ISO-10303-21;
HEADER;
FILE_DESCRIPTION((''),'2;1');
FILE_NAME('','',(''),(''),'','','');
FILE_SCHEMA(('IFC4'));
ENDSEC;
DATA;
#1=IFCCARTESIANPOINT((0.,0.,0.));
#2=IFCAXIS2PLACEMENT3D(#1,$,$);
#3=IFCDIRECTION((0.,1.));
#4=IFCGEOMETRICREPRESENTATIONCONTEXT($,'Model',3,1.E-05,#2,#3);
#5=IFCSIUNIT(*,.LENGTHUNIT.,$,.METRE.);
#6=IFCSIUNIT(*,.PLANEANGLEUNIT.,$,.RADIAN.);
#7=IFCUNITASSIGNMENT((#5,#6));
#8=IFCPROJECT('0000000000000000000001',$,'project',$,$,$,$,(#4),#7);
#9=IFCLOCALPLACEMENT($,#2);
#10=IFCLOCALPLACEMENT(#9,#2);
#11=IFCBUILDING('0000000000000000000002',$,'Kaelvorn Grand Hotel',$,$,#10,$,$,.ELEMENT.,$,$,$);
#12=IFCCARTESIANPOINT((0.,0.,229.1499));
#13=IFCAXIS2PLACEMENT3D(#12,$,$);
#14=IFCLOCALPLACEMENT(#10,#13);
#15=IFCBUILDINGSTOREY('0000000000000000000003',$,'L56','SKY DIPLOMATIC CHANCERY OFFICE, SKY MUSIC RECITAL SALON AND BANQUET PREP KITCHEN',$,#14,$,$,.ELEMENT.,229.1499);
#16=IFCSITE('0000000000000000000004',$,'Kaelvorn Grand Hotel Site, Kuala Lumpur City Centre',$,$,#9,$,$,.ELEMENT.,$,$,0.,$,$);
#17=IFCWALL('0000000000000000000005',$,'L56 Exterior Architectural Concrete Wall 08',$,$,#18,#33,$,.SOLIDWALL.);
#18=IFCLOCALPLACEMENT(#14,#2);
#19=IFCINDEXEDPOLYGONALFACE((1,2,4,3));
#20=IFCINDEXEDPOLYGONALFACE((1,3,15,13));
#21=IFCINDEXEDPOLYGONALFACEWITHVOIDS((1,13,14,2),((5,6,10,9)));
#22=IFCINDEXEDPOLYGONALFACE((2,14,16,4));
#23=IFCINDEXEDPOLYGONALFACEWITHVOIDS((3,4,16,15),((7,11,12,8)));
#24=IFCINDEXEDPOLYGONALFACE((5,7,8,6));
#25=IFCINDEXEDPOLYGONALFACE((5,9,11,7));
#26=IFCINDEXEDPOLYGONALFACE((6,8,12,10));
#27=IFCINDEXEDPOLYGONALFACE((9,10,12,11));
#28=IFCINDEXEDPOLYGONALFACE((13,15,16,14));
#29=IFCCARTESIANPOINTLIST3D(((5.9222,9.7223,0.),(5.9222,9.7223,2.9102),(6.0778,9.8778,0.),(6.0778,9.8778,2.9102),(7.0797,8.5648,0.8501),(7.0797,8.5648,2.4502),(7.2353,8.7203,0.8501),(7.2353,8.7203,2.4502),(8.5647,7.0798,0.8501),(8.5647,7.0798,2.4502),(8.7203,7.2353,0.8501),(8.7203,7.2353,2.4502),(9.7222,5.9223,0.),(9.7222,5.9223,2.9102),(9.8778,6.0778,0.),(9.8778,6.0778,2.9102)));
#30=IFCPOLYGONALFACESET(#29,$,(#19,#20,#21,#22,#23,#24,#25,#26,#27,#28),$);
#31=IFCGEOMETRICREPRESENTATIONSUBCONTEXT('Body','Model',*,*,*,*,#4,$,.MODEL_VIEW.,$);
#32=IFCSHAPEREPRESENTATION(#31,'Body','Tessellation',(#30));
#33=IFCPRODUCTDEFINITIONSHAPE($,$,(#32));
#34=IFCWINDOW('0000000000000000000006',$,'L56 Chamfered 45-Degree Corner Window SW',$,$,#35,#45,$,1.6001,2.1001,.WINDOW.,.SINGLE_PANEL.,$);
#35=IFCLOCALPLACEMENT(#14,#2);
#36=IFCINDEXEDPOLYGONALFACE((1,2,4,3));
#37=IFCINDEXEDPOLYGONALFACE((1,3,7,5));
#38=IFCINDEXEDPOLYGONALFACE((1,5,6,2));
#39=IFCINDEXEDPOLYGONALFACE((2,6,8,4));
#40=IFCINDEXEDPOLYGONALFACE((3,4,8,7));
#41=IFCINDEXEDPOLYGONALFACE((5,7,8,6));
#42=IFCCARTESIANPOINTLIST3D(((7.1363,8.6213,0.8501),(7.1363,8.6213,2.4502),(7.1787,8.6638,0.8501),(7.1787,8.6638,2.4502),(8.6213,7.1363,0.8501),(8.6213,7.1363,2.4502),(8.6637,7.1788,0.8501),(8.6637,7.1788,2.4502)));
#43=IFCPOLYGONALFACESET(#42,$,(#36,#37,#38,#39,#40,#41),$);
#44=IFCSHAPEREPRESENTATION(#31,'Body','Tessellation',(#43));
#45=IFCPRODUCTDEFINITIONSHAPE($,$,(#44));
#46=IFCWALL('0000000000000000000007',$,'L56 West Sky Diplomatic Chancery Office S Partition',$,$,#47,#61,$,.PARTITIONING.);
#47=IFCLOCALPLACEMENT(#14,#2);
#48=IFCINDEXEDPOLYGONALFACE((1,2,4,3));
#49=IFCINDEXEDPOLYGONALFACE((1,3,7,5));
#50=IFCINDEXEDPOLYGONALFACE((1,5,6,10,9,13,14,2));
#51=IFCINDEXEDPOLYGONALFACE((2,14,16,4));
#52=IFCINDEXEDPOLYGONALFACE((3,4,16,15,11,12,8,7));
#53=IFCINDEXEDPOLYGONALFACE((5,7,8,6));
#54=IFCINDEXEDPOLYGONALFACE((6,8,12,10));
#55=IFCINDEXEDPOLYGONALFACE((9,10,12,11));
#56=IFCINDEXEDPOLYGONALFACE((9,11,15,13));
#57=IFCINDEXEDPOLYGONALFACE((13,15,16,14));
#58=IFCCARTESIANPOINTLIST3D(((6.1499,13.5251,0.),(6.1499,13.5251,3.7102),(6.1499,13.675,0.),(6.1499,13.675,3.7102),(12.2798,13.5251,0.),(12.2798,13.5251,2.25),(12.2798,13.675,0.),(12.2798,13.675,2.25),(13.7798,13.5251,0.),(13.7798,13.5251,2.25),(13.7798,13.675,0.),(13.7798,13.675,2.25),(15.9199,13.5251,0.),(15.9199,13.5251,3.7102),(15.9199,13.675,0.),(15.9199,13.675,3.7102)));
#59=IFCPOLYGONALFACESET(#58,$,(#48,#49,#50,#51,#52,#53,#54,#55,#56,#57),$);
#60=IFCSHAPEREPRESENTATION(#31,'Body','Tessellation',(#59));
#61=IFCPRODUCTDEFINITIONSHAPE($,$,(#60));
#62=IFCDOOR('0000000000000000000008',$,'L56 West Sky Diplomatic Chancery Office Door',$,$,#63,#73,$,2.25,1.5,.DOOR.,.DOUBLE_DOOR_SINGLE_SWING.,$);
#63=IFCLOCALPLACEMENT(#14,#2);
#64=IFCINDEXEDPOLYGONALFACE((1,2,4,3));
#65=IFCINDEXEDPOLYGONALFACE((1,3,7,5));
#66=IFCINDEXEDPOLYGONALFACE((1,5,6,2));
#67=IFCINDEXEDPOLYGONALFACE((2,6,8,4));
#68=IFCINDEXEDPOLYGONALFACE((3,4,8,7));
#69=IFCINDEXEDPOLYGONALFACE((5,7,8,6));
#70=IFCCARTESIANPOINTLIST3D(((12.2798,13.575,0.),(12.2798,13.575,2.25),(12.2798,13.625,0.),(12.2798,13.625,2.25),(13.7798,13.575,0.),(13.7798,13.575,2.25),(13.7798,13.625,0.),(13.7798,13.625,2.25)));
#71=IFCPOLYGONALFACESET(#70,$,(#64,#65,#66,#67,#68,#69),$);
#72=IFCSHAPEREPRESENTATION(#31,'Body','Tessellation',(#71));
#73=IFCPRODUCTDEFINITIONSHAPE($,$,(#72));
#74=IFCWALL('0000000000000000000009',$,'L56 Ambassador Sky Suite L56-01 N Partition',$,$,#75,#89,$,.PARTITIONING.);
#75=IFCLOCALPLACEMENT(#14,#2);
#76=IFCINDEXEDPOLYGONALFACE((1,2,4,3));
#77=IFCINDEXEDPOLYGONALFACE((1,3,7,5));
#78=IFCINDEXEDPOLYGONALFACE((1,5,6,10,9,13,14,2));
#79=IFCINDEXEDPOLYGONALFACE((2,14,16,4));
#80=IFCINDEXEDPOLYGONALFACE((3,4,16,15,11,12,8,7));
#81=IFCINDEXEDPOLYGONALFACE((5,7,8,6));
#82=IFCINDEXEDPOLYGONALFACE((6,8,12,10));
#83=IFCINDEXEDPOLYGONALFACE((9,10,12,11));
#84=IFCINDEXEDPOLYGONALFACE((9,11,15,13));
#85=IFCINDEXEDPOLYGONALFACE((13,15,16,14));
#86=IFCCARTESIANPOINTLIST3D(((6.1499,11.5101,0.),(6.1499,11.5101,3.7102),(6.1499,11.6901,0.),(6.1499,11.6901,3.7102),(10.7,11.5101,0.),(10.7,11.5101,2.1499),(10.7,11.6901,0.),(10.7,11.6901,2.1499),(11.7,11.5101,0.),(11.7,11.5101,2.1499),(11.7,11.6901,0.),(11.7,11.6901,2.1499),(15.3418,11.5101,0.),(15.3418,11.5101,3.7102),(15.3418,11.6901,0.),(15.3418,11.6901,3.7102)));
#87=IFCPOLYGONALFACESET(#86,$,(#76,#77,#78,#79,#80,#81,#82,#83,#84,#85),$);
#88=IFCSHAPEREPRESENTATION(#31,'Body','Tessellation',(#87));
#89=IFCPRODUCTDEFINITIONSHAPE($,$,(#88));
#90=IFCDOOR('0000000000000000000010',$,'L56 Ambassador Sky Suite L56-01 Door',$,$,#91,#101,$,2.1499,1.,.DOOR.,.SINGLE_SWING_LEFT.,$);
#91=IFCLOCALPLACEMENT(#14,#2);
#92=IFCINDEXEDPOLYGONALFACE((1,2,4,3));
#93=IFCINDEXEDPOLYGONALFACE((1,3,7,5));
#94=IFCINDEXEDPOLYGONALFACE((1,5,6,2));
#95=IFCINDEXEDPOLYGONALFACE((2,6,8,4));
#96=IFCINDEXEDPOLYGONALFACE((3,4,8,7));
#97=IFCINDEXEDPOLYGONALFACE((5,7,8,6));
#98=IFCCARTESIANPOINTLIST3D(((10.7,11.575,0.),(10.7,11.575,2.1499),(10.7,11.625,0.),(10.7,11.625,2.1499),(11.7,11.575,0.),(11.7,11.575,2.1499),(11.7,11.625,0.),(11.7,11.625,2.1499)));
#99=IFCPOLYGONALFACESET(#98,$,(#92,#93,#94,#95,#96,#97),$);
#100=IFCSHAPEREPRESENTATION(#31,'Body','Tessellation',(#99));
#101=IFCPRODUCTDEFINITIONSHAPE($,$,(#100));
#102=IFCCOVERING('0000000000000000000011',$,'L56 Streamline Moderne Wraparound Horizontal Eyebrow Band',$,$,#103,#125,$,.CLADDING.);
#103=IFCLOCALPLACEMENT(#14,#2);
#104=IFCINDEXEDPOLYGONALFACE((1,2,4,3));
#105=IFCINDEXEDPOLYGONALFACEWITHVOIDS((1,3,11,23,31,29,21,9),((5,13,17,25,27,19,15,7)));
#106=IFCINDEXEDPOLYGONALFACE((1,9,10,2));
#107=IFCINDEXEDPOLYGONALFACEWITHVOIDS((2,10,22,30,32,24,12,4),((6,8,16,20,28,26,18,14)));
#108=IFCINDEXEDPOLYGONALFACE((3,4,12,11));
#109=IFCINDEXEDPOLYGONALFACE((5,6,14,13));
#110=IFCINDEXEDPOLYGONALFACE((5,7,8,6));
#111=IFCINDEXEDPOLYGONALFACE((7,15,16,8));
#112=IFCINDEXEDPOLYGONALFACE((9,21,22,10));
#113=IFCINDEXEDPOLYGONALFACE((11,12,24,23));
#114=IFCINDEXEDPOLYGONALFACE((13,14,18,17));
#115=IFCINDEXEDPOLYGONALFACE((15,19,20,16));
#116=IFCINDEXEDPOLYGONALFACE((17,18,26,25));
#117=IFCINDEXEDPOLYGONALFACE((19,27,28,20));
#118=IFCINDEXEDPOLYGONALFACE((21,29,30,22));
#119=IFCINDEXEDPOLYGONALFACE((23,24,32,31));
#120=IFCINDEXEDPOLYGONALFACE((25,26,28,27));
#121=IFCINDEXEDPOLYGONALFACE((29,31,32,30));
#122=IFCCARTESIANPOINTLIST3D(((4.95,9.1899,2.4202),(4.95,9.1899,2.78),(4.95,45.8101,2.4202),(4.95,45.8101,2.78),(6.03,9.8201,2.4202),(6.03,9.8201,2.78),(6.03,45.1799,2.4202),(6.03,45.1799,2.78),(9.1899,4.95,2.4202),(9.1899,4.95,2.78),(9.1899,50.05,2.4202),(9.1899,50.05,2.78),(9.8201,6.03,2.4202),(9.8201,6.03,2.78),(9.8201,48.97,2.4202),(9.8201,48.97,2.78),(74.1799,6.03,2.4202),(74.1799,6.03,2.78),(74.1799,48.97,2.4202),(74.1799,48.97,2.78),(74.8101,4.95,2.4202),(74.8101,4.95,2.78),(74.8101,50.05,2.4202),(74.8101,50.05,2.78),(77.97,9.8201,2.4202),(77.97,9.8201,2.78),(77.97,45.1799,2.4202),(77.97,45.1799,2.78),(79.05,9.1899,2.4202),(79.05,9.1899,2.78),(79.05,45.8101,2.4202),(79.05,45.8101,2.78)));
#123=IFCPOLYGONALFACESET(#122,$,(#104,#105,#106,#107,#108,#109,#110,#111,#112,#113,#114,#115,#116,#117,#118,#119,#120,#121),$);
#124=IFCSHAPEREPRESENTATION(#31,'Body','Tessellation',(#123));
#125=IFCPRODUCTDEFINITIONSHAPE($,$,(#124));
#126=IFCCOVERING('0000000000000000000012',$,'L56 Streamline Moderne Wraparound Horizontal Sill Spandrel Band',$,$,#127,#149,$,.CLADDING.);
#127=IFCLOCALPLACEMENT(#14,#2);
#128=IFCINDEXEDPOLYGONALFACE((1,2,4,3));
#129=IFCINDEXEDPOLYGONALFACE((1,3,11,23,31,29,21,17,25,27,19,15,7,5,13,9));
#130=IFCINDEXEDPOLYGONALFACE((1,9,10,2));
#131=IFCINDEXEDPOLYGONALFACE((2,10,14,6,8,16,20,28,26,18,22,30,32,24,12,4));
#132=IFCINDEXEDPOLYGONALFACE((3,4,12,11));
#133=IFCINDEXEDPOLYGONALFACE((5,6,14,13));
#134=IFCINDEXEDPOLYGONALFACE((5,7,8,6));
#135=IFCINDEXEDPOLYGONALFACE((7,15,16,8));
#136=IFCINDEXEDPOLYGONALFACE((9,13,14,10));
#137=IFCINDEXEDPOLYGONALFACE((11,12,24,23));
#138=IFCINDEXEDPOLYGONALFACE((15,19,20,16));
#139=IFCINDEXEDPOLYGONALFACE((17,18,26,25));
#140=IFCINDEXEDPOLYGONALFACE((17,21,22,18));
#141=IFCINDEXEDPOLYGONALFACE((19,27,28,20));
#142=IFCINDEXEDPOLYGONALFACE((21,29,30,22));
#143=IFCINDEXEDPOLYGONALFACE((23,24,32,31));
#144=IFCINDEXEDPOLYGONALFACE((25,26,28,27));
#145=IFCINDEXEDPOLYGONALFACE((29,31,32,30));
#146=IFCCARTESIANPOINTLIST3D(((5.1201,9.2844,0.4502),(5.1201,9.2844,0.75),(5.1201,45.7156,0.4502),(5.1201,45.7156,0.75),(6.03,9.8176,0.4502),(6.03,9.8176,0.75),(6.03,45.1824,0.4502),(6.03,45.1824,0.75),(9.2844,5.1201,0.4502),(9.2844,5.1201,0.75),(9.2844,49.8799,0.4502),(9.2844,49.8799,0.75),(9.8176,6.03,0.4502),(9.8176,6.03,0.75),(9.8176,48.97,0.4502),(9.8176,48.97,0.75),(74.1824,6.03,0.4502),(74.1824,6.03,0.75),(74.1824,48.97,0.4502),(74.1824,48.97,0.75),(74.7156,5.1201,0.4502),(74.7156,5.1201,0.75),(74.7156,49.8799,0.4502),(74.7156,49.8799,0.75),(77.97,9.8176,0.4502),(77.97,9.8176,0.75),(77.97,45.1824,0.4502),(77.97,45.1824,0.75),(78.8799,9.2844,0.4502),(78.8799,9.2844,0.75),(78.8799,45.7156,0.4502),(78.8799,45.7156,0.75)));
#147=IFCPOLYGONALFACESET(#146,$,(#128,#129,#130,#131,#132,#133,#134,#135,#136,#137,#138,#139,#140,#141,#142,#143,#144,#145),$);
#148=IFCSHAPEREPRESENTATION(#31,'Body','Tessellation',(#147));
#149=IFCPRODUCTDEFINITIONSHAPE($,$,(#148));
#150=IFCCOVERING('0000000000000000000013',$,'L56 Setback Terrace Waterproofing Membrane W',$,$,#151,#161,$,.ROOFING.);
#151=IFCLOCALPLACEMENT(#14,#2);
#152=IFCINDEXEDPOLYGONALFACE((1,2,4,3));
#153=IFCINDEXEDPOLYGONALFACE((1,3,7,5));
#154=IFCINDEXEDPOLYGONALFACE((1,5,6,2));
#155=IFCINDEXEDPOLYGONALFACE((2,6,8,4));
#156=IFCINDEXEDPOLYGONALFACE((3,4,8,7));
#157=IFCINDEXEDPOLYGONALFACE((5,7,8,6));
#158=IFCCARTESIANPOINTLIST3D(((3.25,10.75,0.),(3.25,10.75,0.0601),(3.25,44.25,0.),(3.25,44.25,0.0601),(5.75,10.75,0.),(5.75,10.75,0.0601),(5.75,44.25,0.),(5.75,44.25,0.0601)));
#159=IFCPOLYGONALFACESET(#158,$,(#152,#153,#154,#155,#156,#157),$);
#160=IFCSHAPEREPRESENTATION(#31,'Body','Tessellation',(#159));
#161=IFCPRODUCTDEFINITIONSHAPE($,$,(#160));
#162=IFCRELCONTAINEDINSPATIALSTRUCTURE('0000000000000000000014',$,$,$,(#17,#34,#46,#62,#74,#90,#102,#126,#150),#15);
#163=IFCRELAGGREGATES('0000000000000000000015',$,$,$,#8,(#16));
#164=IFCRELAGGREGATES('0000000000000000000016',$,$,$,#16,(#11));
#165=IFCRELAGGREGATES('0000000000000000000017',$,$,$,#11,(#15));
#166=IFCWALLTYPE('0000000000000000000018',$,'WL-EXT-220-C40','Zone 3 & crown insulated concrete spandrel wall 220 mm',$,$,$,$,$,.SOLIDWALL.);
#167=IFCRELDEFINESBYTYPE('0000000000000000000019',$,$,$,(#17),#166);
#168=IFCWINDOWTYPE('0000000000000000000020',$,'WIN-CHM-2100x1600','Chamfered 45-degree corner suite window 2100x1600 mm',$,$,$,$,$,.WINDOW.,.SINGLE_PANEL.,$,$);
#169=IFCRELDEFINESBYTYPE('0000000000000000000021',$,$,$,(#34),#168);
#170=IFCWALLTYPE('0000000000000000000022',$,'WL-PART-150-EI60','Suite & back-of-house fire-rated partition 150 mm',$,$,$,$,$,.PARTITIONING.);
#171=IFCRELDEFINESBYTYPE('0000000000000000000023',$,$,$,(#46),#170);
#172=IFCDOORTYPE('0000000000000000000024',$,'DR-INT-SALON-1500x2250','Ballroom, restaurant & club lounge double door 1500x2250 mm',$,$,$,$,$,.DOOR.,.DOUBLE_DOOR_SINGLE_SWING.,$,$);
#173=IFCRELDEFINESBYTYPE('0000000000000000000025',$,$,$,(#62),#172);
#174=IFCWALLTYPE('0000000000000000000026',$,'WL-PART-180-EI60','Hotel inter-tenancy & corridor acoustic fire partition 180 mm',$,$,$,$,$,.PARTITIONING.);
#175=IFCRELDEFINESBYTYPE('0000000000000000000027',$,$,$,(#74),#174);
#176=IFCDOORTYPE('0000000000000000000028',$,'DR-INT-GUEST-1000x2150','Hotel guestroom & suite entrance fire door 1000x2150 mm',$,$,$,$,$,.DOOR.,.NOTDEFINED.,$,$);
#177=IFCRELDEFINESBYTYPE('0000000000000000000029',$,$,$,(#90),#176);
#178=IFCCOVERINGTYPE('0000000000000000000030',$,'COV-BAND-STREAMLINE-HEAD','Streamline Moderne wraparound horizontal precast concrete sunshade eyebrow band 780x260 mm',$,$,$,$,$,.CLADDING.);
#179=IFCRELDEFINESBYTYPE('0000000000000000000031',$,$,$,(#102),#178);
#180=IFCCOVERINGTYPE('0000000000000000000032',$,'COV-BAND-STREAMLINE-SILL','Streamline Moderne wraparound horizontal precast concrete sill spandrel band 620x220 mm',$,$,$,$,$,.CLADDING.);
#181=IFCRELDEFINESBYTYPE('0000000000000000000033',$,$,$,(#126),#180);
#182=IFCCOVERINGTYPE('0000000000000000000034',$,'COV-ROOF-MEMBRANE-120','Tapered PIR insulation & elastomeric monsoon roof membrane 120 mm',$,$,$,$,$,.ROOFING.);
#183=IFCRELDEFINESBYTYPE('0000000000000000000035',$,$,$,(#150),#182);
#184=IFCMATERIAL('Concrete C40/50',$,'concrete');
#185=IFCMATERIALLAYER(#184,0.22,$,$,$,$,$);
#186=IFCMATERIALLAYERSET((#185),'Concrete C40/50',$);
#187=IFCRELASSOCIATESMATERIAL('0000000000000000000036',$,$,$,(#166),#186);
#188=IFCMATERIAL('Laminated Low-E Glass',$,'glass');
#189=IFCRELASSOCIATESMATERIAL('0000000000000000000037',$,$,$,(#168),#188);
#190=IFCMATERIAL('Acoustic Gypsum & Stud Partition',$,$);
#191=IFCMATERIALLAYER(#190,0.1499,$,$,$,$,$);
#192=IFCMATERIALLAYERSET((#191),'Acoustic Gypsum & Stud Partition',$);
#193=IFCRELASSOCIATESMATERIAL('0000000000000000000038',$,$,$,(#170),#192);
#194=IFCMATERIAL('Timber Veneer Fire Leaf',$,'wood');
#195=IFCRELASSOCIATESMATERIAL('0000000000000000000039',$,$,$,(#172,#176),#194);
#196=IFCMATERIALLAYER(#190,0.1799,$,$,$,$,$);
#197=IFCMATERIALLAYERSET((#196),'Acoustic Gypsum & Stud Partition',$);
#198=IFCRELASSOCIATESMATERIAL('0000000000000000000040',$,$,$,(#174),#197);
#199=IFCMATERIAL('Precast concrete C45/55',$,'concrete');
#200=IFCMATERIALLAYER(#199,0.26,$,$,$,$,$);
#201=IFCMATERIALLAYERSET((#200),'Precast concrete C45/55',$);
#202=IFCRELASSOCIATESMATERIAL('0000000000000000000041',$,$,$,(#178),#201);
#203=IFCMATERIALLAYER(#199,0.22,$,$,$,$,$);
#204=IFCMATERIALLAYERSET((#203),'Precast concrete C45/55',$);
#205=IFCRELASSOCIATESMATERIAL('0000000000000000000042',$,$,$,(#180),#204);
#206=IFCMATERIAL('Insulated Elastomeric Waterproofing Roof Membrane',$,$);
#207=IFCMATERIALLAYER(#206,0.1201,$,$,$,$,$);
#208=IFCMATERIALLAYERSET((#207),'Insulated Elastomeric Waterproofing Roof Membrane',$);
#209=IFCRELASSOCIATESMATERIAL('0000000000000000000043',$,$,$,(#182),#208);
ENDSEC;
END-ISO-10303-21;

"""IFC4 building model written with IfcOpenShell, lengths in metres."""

from ifc_helpers import new_model, si_unit, direction, frame, frame_2d, origin, place, context, subcontext, project, spatial, polyline, rectangle, outline, extrude, material, layer, layer_set, type_object, element, fill, save


model = new_model("IFC4")

# Units and contexts
model_context = context("Model", 3, precision=1e-05, world=origin(), true_north=direction((0.0, 1.0)))
body_context = subcontext(model_context, "Body", "Model", "MODEL_VIEW")
ifc_project = project(units=[si_unit("LENGTHUNIT", "METRE"), si_unit("PLANEANGLEUNIT", "RADIAN")], contexts=[model_context])

# Site, building, storey
site_placement = place(None, origin())
site = spatial("IfcSite", under=ifc_project, at=site_placement, Name="Kaelvorn Grand Hotel Site, Kuala Lumpur City Centre", CompositionType="ELEMENT", RefElevation=0.0)
building_placement = place(site_placement, origin())
building = spatial("IfcBuilding", under=site, at=building_placement, Name="Kaelvorn Grand Hotel", CompositionType="ELEMENT")
storey_placement = place(building_placement, frame((0.0, 0.0, 229.1499)))
storey = spatial("IfcBuildingStorey", under=building, at=storey_placement, Name="L56", Description="SKY DIPLOMATIC CHANCERY OFFICE, SKY MUSIC RECITAL SALON AND BANQUET PREP KITCHEN", CompositionType="ELEMENT", Elevation=229.1499)

# Shared definitions
ifc_material_1 = material(Name="Precast concrete C45/55", Category="concrete")

# Shared definitions
ifc_material_2 = material(Name="Concrete C40/50", Category="concrete")

# Wall, opening, window
ifc_layer_1 = layer(ifc_material_2, 0.22)
ifc_layer_set_1 = layer_set([ifc_layer_1], Name="Concrete C40/50")
wall_type_1 = type_object("IfcWallType", Name="WL-EXT-220-C40", Description="Zone 3 & crown insulated concrete spandrel wall 220 mm", PredefinedType="SOLIDWALL", material=ifc_layer_set_1)
wall_1_placement = place(storey_placement, frame((6.0, 9.8, 0.0), z_axis=(0.0, 0.0, 1.0), x_axis=(0.707107, -0.707107, 0.0)))
wall_1 = element("IfcWall", 1, at=wall_1_placement, inside=storey, type_object=wall_type_1, Name="L56 Exterior Architectural Concrete Wall 08", PredefinedType="SOLIDWALL", context=body_context, shape_type="SweptSolid", body=[
    extrude(rectangle(XDim=5.374, YDim=0.22, at=frame_2d((2.687, 0.0))), origin(), (0.0, 0.0, 1.0), 2.9102),
])
opening_1_placement = place(wall_1_placement, frame((1.637, 0.0, 0.8501)))
opening_1 = element("IfcOpeningElement", 2, at=opening_1_placement, cuts=wall_1, PredefinedType="OPENING", context=body_context, shape_type="SweptSolid", body=[
    extrude(rectangle(XDim=2.1001, YDim=1.6001, at=frame_2d((1.05, 0.8))), frame((0.0, 0.1201, 0.0), z_axis=(0.0, -1.0, 0.0), x_axis=(1.0, 0.0, 0.0)), (0.0, 0.0, 1.0), 0.24),
])
ifc_material_3 = material(Name="Laminated Low-E Glass", Category="glass")
window_type = type_object("IfcWindowType", Name="WIN-CHM-2100x1600", Description="Chamfered 45-degree corner suite window 2100x1600 mm", PartitioningType="SINGLE_PANEL", PredefinedType="WINDOW", material=ifc_material_3)
window_placement = place(opening_1_placement, origin())
window = element("IfcWindow", 3, at=window_placement, inside=storey, type_object=window_type, Name="L56 Chamfered 45-Degree Corner Window SW", OverallHeight=1.6001, OverallWidth=2.1001, PartitioningType="SINGLE_PANEL", PredefinedType="WINDOW", context=body_context, shape_type="SweptSolid", body=[
    extrude(rectangle(XDim=2.1001, YDim=1.6001, at=frame_2d((1.05, 0.8))), frame((0.0, 0.03, 0.0), z_axis=(0.0, -1.0, 0.0), x_axis=(1.0, 0.0, 0.0)), (0.0, 0.0, 1.0), 0.0601),
])
fill(opening_1, window)

# Walls, openings, doors
ifc_material_4 = material(Name="Acoustic Gypsum & Stud Partition")
ifc_layer_2 = layer(ifc_material_4, 0.1499)
ifc_layer_set_2 = layer_set([ifc_layer_2], Name="Acoustic Gypsum & Stud Partition")
wall_type_2 = type_object("IfcWallType", Name="WL-PART-150-EI60", Description="Suite & back-of-house fire-rated partition 150 mm", PredefinedType="PARTITIONING", material=ifc_layer_set_2)
wall_2_placement = place(storey_placement, frame((6.1499, 13.6001, 0.0), z_axis=(0.0, 0.0, 1.0), x_axis=(1.0, 0.0, 0.0)))
wall_2 = element("IfcWall", 4, at=wall_2_placement, inside=storey, type_object=wall_type_2, Name="L56 West Sky Diplomatic Chancery Office S Partition", PredefinedType="PARTITIONING", context=body_context, shape_type="SweptSolid", body=[
    extrude(rectangle(XDim=9.77, YDim=0.1499, at=frame_2d((4.885, 0.0))), origin(), (0.0, 0.0, 1.0), 3.7102),
])
opening_2_placement = place(wall_2_placement, frame((6.1299, 0.0, 0.0)))
opening_2 = element("IfcOpeningElement", 5, at=opening_2_placement, cuts=wall_2, PredefinedType="OPENING", context=body_context, shape_type="SweptSolid", body=[
    extrude(rectangle(XDim=1.5, YDim=2.25, at=frame_2d((0.75, 1.125))), frame((0.0, 0.085, 0.0), z_axis=(0.0, -1.0, 0.0), x_axis=(1.0, 0.0, 0.0)), (0.0, 0.0, 1.0), 0.1699),
])
ifc_material_5 = material(Name="Timber Veneer Fire Leaf", Category="wood")
door_type_1 = type_object("IfcDoorType", Name="DR-INT-SALON-1500x2250", Description="Ballroom, restaurant & club lounge double door 1500x2250 mm", OperationType="DOUBLE_DOOR_SINGLE_SWING", PredefinedType="DOOR", material=ifc_material_5)
door_1_placement = place(opening_2_placement, origin())
door_1 = element("IfcDoor", 6, at=door_1_placement, inside=storey, type_object=door_type_1, Name="L56 West Sky Diplomatic Chancery Office Door", OperationType="DOUBLE_DOOR_SINGLE_SWING", OverallHeight=2.25, OverallWidth=1.5, PredefinedType="DOOR", context=body_context, shape_type="SweptSolid", body=[
    extrude(rectangle(XDim=1.5, YDim=2.25, at=frame_2d((0.75, 1.125))), frame((0.0, 0.0249, 0.0), z_axis=(0.0, -1.0, 0.0), x_axis=(1.0, 0.0, 0.0)), (0.0, 0.0, 1.0), 0.05),
])
fill(opening_2, door_1)
ifc_layer_3 = layer(ifc_material_4, 0.1799)
ifc_layer_set_3 = layer_set([ifc_layer_3], Name="Acoustic Gypsum & Stud Partition")
wall_type_3 = type_object("IfcWallType", Name="WL-PART-180-EI60", Description="Hotel inter-tenancy & corridor acoustic fire partition 180 mm", PredefinedType="PARTITIONING", material=ifc_layer_set_3)
wall_3_placement = place(storey_placement, frame((6.1499, 11.6001, 0.0), z_axis=(0.0, 0.0, 1.0), x_axis=(1.0, 0.0, 0.0)))
wall_3 = element("IfcWall", 7, at=wall_3_placement, inside=storey, type_object=wall_type_3, Name="L56 Ambassador Sky Suite L56-01 N Partition", PredefinedType="PARTITIONING", context=body_context, shape_type="SweptSolid", body=[
    extrude(rectangle(XDim=9.1919, YDim=0.1799, at=frame_2d((4.5959, 0.0))), origin(), (0.0, 0.0, 1.0), 3.7102),
])
opening_3_placement = place(wall_3_placement, frame((4.55, 0.0, 0.0)))
opening_3 = element("IfcOpeningElement", 8, at=opening_3_placement, cuts=wall_3, PredefinedType="OPENING", context=body_context, shape_type="SweptSolid", body=[
    extrude(rectangle(XDim=1.0, YDim=2.1499, at=frame_2d((0.5, 1.075))), frame((0.0, 0.1001, 0.0), z_axis=(0.0, -1.0, 0.0), x_axis=(1.0, 0.0, 0.0)), (0.0, 0.0, 1.0), 0.2),
])
door_type_2 = type_object("IfcDoorType", Name="DR-INT-GUEST-1000x2150", Description="Hotel guestroom & suite entrance fire door 1000x2150 mm", OperationType="NOTDEFINED", PredefinedType="DOOR", material=ifc_material_5)
door_2_placement = place(opening_3_placement, origin())
door_2 = element("IfcDoor", 9, at=door_2_placement, inside=storey, type_object=door_type_2, Name="L56 Ambassador Sky Suite L56-01 Door", OperationType="SINGLE_SWING_LEFT", OverallHeight=2.1499, OverallWidth=1.0, PredefinedType="DOOR", context=body_context, shape_type="SweptSolid", body=[
    extrude(rectangle(XDim=1.0, YDim=2.1499, at=frame_2d((0.5, 1.075))), frame((0.0, 0.0249, 0.0), z_axis=(0.0, -1.0, 0.0), x_axis=(1.0, 0.0, 0.0)), (0.0, 0.0, 1.0), 0.05),
])
fill(opening_3, door_2)

# Coverings
ifc_layer_4 = layer(ifc_material_1, 0.26)
ifc_layer_set_4 = layer_set([ifc_layer_4], Name="Precast concrete C45/55")
covering_type_1 = type_object("IfcCoveringType", Name="COV-BAND-STREAMLINE-HEAD", Description="Streamline Moderne wraparound horizontal precast concrete sunshade eyebrow band 780x260 mm", PredefinedType="CLADDING", material=ifc_layer_set_4)
covering_1_placement = place(storey_placement, frame((0.0, 0.0, 2.4202)))
element("IfcCovering", 10, at=covering_1_placement, inside=storey, type_object=covering_type_1, Name="L56 Streamline Moderne Wraparound Horizontal Eyebrow Band", PredefinedType="CLADDING", context=body_context, shape_type="SweptSolid", body=[
    extrude(outline(polyline([(9.1899, 4.95), (74.8101, 4.95), (79.05, 9.1899), (79.05, 45.8101), (74.8101, 50.05), (9.1899, 50.05), (4.95, 45.8101), (4.95, 9.1899), (9.1899, 4.95)]), holes=[polyline([(9.8201, 6.03), (74.1799, 6.03), (77.97, 9.8201), (77.97, 45.1799), (74.1799, 48.97), (9.8201, 48.97), (6.03, 45.1799), (6.03, 9.8201), (9.8201, 6.03)])]), origin(), (0.0, 0.0, 1.0), 0.3599),
])
ifc_layer_5 = layer(ifc_material_1, 0.22)
ifc_layer_set_5 = layer_set([ifc_layer_5], Name="Precast concrete C45/55")
covering_type_2 = type_object("IfcCoveringType", Name="COV-BAND-STREAMLINE-SILL", Description="Streamline Moderne wraparound horizontal precast concrete sill spandrel band 620x220 mm", PredefinedType="CLADDING", material=ifc_layer_set_5)
covering_2_placement = place(storey_placement, frame((0.0, 0.0, 0.4502)))
element("IfcCovering", 11, at=covering_2_placement, inside=storey, type_object=covering_type_2, Name="L56 Streamline Moderne Wraparound Horizontal Sill Spandrel Band", PredefinedType="CLADDING", context=body_context, shape_type="SweptSolid", body=[
    extrude(outline(polyline([(74.7156, 5.1201), (78.8799, 9.2844), (78.8799, 45.7156), (74.7156, 49.8799), (9.2844, 49.8799), (5.1201, 45.7156), (5.1201, 9.2844), (9.2844, 5.1201), (9.8176, 6.03), (6.03, 9.8176), (6.03, 45.1824), (9.8176, 48.97), (74.1824, 48.97), (77.97, 45.1824), (77.97, 9.8176), (74.1824, 6.03), (74.7156, 5.1201)])), origin(), (0.0, 0.0, 1.0), 0.2998),
])
ifc_material_6 = material(Name="Insulated Elastomeric Waterproofing Roof Membrane")
ifc_layer_6 = layer(ifc_material_6, 0.1201)
ifc_layer_set_6 = layer_set([ifc_layer_6], Name="Insulated Elastomeric Waterproofing Roof Membrane")
covering_type_3 = type_object("IfcCoveringType", Name="COV-ROOF-MEMBRANE-120", Description="Tapered PIR insulation & elastomeric monsoon roof membrane 120 mm", PredefinedType="ROOFING", material=ifc_layer_set_6)
covering_3_placement = place(storey_placement, origin())
element("IfcCovering", 12, at=covering_3_placement, inside=storey, type_object=covering_type_3, Name="L56 Setback Terrace Waterproofing Membrane W", PredefinedType="ROOFING", context=body_context, shape_type="SweptSolid", body=[
    extrude(outline(polyline([(3.25, 10.75), (5.75, 10.75), (5.75, 44.25), (3.25, 44.25), (3.25, 10.75)])), origin(), (0.0, 0.0, 1.0), 0.0601),
])

save(model, "model.ifc")
